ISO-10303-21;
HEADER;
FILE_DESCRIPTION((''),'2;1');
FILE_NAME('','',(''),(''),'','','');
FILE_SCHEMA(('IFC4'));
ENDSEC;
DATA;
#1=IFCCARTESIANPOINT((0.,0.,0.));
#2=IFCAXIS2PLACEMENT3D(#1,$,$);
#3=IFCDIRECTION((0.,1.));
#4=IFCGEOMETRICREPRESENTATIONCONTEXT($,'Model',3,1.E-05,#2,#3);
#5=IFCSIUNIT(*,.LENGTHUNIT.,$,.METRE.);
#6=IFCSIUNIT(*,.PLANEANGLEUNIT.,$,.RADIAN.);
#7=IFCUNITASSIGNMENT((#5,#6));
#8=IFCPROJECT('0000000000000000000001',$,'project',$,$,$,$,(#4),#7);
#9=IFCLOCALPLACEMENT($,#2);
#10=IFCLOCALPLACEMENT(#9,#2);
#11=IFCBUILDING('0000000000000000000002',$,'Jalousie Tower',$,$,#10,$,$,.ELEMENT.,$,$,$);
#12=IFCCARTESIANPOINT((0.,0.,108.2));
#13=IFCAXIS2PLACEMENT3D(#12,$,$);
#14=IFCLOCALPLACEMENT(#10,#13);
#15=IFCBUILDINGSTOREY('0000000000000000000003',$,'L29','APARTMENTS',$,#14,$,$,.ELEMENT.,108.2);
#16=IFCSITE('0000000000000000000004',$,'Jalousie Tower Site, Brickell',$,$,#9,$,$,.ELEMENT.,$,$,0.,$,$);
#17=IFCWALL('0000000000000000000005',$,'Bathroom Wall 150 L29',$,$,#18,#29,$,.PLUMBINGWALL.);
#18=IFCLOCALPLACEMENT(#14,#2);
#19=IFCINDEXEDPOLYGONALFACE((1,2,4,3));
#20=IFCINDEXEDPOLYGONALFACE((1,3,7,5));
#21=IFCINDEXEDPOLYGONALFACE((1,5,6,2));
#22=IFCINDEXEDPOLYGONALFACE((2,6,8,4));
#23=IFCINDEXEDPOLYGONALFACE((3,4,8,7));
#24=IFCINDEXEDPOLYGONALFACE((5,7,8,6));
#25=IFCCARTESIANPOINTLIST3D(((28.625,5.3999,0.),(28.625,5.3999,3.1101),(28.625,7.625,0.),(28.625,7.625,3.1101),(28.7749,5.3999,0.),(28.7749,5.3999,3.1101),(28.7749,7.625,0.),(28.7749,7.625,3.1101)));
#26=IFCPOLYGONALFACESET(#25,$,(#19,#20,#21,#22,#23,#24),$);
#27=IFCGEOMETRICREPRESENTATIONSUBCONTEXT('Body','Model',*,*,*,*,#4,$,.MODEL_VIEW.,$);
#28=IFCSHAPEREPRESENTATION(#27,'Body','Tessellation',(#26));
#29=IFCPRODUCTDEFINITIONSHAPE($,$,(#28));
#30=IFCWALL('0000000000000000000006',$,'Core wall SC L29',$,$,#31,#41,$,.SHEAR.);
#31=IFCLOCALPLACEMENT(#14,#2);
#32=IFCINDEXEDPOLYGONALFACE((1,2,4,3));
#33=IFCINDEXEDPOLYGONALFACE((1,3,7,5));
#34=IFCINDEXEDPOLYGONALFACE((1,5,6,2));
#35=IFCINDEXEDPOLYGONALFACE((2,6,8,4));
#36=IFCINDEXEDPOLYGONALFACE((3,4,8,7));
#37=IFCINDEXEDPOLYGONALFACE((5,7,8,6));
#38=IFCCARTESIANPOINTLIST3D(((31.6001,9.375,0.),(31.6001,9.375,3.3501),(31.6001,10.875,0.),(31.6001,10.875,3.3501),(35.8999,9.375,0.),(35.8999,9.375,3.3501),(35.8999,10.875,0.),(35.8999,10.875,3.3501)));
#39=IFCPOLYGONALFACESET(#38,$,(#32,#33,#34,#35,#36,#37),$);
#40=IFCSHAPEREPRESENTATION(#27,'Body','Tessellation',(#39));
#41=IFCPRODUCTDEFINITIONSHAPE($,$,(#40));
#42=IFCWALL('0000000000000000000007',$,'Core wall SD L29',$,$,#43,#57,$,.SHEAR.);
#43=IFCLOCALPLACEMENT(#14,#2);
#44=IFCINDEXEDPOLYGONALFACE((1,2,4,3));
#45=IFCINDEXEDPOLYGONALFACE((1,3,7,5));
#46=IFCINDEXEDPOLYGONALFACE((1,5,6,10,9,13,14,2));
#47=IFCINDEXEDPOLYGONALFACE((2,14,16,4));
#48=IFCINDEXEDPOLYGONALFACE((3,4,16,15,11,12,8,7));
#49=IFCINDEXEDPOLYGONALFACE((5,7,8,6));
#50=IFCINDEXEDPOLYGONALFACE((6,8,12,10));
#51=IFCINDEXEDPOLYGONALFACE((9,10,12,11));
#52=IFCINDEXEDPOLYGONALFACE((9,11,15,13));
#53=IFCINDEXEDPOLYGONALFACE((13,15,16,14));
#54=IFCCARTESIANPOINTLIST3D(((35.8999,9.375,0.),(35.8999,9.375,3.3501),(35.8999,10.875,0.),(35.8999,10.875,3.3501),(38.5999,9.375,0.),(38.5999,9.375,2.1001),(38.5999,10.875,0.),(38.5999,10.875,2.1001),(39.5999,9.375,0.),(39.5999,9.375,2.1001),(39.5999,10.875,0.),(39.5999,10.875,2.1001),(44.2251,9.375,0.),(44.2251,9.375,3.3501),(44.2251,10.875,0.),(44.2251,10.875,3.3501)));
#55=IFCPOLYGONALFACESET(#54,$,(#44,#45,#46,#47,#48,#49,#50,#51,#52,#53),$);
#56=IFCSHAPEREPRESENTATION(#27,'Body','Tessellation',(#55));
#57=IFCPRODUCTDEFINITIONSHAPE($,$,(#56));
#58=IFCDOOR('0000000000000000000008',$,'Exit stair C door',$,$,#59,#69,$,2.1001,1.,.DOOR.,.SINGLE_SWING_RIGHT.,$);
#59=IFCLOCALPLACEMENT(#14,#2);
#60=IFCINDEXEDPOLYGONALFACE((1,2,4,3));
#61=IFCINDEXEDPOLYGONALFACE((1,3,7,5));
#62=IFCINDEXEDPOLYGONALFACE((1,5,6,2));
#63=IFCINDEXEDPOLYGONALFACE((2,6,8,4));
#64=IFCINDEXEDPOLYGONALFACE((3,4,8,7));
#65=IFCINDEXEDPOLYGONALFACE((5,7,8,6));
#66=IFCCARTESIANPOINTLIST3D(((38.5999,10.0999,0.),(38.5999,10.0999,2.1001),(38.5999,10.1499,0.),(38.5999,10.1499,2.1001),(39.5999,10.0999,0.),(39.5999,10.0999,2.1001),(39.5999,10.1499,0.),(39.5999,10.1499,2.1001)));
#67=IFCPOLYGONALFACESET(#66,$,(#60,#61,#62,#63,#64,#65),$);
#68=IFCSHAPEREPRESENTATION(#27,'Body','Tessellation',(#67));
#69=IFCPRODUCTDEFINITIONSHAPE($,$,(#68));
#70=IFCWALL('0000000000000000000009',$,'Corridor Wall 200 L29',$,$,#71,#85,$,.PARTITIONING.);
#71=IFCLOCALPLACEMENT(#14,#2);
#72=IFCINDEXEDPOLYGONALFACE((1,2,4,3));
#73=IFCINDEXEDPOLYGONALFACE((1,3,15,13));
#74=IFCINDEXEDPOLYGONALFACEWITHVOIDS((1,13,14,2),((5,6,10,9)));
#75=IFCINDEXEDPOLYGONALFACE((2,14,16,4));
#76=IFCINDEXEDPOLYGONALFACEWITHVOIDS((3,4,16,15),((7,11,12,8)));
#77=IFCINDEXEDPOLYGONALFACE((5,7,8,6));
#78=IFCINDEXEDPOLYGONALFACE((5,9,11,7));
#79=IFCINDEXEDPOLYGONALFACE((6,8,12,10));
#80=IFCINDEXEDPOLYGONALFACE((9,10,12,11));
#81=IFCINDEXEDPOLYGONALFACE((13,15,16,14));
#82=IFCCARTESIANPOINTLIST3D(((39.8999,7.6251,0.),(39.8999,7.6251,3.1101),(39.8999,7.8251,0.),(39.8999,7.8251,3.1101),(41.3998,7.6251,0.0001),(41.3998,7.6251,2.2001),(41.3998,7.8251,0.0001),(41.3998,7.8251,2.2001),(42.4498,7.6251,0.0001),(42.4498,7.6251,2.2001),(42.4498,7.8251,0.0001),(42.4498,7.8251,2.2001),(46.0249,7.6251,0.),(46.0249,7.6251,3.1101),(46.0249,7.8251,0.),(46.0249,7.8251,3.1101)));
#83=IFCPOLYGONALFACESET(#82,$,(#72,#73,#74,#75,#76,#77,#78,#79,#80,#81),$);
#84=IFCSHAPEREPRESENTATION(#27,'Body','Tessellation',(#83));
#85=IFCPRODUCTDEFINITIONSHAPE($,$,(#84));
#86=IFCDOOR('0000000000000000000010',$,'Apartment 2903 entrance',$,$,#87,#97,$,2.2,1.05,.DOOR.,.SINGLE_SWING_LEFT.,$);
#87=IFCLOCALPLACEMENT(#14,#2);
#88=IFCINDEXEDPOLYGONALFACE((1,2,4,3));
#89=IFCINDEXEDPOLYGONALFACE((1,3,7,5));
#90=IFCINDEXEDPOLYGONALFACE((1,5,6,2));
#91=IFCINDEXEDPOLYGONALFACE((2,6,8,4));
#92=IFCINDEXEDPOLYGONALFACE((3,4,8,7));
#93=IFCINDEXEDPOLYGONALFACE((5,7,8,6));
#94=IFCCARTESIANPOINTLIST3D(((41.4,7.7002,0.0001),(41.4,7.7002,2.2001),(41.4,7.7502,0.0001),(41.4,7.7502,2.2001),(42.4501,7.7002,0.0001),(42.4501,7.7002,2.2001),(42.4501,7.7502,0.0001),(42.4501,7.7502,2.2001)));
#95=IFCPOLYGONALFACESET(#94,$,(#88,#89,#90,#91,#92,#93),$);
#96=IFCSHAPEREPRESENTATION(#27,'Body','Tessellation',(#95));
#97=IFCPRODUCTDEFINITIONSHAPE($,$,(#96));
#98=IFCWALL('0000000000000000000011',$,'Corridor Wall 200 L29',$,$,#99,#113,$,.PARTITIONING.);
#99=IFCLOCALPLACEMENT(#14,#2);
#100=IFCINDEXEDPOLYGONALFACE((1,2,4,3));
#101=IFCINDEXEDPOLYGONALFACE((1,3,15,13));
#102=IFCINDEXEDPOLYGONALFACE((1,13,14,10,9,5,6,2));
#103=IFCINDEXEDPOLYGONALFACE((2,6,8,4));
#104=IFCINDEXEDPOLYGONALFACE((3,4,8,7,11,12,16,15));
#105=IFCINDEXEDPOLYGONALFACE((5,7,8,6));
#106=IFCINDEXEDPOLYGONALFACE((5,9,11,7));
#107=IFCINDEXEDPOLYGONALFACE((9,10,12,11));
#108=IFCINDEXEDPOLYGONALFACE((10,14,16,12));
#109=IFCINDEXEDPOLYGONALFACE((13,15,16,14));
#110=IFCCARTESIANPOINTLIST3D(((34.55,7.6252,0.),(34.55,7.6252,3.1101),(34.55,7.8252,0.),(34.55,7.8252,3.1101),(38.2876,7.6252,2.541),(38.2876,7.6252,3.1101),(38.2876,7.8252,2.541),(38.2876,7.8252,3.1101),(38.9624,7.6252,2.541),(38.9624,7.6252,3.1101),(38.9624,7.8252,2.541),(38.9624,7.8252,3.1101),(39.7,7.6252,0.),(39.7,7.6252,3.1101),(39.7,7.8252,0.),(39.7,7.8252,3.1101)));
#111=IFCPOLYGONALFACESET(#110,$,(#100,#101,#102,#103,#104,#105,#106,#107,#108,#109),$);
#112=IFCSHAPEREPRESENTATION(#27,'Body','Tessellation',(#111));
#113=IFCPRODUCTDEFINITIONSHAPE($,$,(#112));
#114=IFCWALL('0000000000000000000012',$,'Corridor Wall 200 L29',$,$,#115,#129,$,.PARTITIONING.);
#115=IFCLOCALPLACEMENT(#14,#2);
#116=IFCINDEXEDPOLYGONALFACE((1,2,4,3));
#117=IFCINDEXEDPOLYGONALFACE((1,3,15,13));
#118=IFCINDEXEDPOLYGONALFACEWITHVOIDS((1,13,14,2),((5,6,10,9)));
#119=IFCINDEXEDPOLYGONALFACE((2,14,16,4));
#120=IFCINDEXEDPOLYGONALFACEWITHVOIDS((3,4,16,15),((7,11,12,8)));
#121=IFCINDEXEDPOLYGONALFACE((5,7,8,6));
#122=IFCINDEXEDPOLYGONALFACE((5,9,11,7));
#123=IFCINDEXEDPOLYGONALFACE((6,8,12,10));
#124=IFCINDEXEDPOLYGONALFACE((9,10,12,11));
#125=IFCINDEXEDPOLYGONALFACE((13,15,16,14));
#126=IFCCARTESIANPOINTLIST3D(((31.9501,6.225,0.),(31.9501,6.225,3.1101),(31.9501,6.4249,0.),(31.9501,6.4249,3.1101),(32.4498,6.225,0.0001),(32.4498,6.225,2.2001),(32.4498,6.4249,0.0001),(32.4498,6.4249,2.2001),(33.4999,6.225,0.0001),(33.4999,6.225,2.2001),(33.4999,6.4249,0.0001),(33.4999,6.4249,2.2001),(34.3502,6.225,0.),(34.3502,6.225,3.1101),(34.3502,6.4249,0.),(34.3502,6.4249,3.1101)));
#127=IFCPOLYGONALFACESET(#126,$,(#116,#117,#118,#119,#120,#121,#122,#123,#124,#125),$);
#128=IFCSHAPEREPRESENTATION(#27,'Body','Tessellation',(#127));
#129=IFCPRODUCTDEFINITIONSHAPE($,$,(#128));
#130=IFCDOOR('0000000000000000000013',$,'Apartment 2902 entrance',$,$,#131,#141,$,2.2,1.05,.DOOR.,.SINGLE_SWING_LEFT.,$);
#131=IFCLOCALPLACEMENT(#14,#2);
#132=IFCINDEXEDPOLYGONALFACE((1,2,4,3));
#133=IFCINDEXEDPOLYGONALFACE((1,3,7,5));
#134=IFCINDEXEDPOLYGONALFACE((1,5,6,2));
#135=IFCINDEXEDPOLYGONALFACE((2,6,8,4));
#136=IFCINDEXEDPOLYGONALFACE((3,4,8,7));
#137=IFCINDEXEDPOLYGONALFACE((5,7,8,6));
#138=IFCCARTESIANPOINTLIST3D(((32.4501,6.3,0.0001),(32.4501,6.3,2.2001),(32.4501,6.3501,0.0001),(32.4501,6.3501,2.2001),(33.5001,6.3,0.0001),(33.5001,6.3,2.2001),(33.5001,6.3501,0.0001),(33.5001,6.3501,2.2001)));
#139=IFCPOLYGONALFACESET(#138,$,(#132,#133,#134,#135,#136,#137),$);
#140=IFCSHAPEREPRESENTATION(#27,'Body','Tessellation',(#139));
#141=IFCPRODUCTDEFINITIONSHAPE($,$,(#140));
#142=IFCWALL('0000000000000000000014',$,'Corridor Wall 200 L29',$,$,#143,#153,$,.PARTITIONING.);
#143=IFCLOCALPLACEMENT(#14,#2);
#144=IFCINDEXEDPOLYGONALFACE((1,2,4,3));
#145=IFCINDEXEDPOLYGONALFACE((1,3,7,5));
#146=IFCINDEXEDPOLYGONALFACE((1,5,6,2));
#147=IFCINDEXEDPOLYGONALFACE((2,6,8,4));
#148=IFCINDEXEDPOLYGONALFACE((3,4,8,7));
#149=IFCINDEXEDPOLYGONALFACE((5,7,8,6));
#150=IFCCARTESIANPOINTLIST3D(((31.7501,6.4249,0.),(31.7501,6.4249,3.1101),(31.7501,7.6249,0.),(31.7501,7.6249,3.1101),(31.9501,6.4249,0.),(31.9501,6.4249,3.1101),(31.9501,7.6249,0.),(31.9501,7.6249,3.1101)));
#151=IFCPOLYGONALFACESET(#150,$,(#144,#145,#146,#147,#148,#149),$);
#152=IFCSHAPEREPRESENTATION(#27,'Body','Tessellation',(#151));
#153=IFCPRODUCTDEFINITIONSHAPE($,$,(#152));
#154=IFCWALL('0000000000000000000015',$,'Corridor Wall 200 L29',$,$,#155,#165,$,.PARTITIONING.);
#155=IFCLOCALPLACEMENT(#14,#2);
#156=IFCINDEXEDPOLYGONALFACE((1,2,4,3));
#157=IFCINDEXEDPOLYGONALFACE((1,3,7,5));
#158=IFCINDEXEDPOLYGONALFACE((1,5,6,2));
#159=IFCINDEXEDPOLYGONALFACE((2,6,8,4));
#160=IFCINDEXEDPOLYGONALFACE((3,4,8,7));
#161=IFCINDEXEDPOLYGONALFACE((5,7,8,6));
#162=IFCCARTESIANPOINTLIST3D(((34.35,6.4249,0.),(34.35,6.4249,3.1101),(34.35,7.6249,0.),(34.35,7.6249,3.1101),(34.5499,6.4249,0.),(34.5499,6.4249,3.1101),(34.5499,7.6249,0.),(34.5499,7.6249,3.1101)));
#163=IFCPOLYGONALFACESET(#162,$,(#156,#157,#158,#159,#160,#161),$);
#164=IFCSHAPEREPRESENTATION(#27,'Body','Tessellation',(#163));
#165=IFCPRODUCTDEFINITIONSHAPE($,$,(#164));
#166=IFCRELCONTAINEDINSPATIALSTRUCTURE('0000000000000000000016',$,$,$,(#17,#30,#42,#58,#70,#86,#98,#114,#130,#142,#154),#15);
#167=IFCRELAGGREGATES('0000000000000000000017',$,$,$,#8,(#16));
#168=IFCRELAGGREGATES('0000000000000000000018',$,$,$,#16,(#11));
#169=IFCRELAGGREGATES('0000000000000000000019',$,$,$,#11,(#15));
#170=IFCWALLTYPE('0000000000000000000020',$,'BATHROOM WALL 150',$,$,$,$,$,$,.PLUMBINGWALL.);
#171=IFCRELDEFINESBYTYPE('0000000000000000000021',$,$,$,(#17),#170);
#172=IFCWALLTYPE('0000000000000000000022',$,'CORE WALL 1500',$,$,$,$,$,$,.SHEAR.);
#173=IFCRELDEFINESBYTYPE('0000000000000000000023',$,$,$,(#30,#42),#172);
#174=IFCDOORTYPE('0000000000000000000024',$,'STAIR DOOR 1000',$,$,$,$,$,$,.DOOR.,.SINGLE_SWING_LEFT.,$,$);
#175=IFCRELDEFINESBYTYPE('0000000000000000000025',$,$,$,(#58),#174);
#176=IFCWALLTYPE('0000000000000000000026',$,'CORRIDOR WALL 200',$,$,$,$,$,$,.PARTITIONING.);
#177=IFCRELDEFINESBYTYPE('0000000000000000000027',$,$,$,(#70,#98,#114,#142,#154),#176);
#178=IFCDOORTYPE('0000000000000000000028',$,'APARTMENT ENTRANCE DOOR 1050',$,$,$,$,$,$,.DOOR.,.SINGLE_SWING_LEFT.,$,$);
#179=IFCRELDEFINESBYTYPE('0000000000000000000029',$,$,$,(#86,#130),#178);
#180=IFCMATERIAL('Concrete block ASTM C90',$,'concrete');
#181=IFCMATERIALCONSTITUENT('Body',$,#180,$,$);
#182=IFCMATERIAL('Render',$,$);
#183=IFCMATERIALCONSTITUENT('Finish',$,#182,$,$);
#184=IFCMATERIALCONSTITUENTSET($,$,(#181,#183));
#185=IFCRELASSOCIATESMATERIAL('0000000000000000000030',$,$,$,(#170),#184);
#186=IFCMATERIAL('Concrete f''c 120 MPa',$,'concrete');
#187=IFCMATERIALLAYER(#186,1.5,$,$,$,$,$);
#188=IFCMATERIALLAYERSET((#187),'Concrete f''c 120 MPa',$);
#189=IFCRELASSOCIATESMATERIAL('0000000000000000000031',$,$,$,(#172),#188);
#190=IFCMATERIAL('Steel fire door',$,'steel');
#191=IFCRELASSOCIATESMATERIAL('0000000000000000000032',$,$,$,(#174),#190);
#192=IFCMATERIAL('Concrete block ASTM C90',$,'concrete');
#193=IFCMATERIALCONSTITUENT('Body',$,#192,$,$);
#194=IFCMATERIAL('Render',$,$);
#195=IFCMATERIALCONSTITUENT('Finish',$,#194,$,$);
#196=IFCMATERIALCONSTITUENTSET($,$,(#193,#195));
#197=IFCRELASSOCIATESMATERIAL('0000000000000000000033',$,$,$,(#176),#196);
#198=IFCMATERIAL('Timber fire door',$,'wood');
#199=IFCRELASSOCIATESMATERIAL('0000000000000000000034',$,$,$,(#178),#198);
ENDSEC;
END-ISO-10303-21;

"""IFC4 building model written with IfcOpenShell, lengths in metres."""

from ifc_helpers import new_model, si_unit, direction, frame, frame_2d, origin, place, context, subcontext, project, spatial, polyline, rectangle, outline, extrude, material, layer, layer_set, constituent, constituent_set, type_object, element, fill, save


model = new_model("IFC4")

# Units and contexts
model_context = context("Model", 3, precision=1e-05, world=origin(), true_north=direction((0.0, 1.0)))
body_context = subcontext(model_context, "Body", "Model", "MODEL_VIEW")
ifc_project = project(units=[si_unit("LENGTHUNIT", "METRE"), si_unit("PLANEANGLEUNIT", "RADIAN")], contexts=[model_context])

# Site, building, storey
site_placement = place(None, origin())
site = spatial("IfcSite", under=ifc_project, at=site_placement, Name="Jalousie Tower Site, Brickell", CompositionType="ELEMENT", RefElevation=0.0)
building_placement = place(site_placement, origin())
building = spatial("IfcBuilding", under=site, at=building_placement, Name="Jalousie Tower", CompositionType="ELEMENT")
storey_placement = place(building_placement, frame((0.0, 0.0, 108.2)))
storey = spatial("IfcBuildingStorey", under=building, at=storey_placement, Name="L29", Description="APARTMENTS", CompositionType="ELEMENT", Elevation=108.2)

# Walls
ifc_material_1 = material(Name="Concrete block ASTM C90", Category="concrete")
ifc_constituent_1 = constituent(ifc_material_1, Name="Body")
ifc_material_2 = material(Name="Render")
ifc_constituent_2 = constituent(ifc_material_2, Name="Finish")
ifc_constituent_set_1 = constituent_set(constituents=[ifc_constituent_1, ifc_constituent_2])
wall_type_1 = type_object("IfcWallType", Name="BATHROOM WALL 150", PredefinedType="PLUMBINGWALL", material=ifc_constituent_set_1)
wall_1_placement = place(storey_placement, frame((28.7, 5.3999, 0.0), z_axis=(0.0, 0.0, 1.0), x_axis=(0.0, 1.0, 0.0)))
element("IfcWall", 1, at=wall_1_placement, inside=storey, type_object=wall_type_1, Name="Bathroom Wall 150 L29", PredefinedType="PLUMBINGWALL", context=body_context, shape_type="SweptSolid", body=[
    extrude(rectangle(XDim=2.2251, YDim=0.1499, at=frame_2d((1.1125, 0.0))), origin(), (0.0, 0.0, 1.0), 3.1101),
])
ifc_material_3 = material(Name="Concrete f'c 120 MPa", Category="concrete")
ifc_layer = layer(ifc_material_3, 1.5)
ifc_layer_set = layer_set([ifc_layer], Name="Concrete f'c 120 MPa")
wall_type_2 = type_object("IfcWallType", Name="CORE WALL 1500", PredefinedType="SHEAR", material=ifc_layer_set)
wall_2_placement = place(storey_placement, frame((31.6001, 10.125, 0.0), z_axis=(0.0, 0.0, 1.0), x_axis=(1.0, 0.0, 0.0)))
element("IfcWall", 2, at=wall_2_placement, inside=storey, type_object=wall_type_2, Name="Core wall SC L29", PredefinedType="SHEAR", context=body_context, shape_type="SweptSolid", body=[
    extrude(rectangle(XDim=4.2998, YDim=1.5, at=frame_2d((2.1499, 0.0))), origin(), (0.0, 0.0, 1.0), 3.3501),
])

# Walls, openings, doors
wall_3_placement = place(storey_placement, frame((35.8999, 10.125, 0.0), z_axis=(0.0, 0.0, 1.0), x_axis=(1.0, 0.0, 0.0)))
wall_3 = element("IfcWall", 3, at=wall_3_placement, inside=storey, type_object=wall_type_2, Name="Core wall SD L29", PredefinedType="SHEAR", context=body_context, shape_type="SweptSolid", body=[
    extrude(rectangle(XDim=8.3252, YDim=1.5, at=frame_2d((4.1626, 0.0))), origin(), (0.0, 0.0, 1.0), 3.3501),
])
opening_1_placement = place(wall_3_placement, frame((2.7, 0.0, 0.0)))
opening_1 = element("IfcOpeningElement", 4, at=opening_1_placement, cuts=wall_3, PredefinedType="OPENING", context=body_context, shape_type="SweptSolid", body=[
    extrude(rectangle(XDim=1.0, YDim=2.1001, at=frame_2d((0.5, 1.05))), frame((0.0, 0.76, 0.0), z_axis=(0.0, -1.0, 0.0), x_axis=(1.0, 0.0, 0.0)), (0.0, 0.0, 1.0), 1.52),
])
ifc_material_4 = material(Name="Steel fire door", Category="steel")
door_type_1 = type_object("IfcDoorType", Name="STAIR DOOR 1000", OperationType="SINGLE_SWING_LEFT", PredefinedType="DOOR", material=ifc_material_4)
door_1_placement = place(opening_1_placement, origin())
door_1 = element("IfcDoor", 5, at=door_1_placement, inside=storey, type_object=door_type_1, Name="Exit stair C door", OperationType="SINGLE_SWING_RIGHT", OverallHeight=2.1001, OverallWidth=1.0, PredefinedType="DOOR", context=body_context, shape_type="SweptSolid", body=[
    extrude(rectangle(XDim=1.0, YDim=2.1001, at=frame_2d((0.5, 1.05))), frame((0.0, 0.0249, 0.0), z_axis=(0.0, -1.0, 0.0), x_axis=(1.0, 0.0, 0.0)), (0.0, 0.0, 1.0), 0.05),
])
fill(opening_1, door_1)
ifc_material_5 = material(Name="Concrete block ASTM C90", Category="concrete")
ifc_constituent_3 = constituent(ifc_material_5, Name="Body")
ifc_material_6 = material(Name="Render")
ifc_constituent_4 = constituent(ifc_material_6, Name="Finish")
ifc_constituent_set_2 = constituent_set(constituents=[ifc_constituent_3, ifc_constituent_4])
wall_type_3 = type_object("IfcWallType", Name="CORRIDOR WALL 200", PredefinedType="PARTITIONING", material=ifc_constituent_set_2)
wall_4_placement = place(storey_placement, frame((39.8999, 7.7251, 0.0), z_axis=(0.0, 0.0, 1.0), x_axis=(1.0, 0.0, 0.0)))
wall_4 = element("IfcWall", 6, at=wall_4_placement, inside=storey, type_object=wall_type_3, Name="Corridor Wall 200 L29", PredefinedType="PARTITIONING", context=body_context, shape_type="SweptSolid", body=[
    extrude(rectangle(XDim=6.125, YDim=0.2, at=frame_2d((3.0625, 0.0))), origin(), (0.0, 0.0, 1.0), 3.1101),
])
opening_2_placement = place(wall_4_placement, frame((1.5, 0.0, 0.0)))
opening_2 = element("IfcOpeningElement", 7, at=opening_2_placement, cuts=wall_4, PredefinedType="OPENING", context=body_context, shape_type="SweptSolid", body=[
    extrude(rectangle(XDim=1.05, YDim=2.2, at=frame_2d((0.5249, 1.1001))), frame((0.0, 0.1099, 0.0), z_axis=(0.0, -1.0, 0.0), x_axis=(1.0, 0.0, 0.0)), (0.0, 0.0, 1.0), 0.22),
])
ifc_material_7 = material(Name="Timber fire door", Category="wood")
door_type_2 = type_object("IfcDoorType", Name="APARTMENT ENTRANCE DOOR 1050", OperationType="SINGLE_SWING_LEFT", PredefinedType="DOOR", material=ifc_material_7)
door_2_placement = place(opening_2_placement, frame((1.05, 0.0, 0.0), z_axis=(0.0, 0.0, 1.0), x_axis=(-1.0, 0.0, 0.0)))
door_2 = element("IfcDoor", 8, at=door_2_placement, inside=storey, type_object=door_type_2, Name="Apartment 2903 entrance", OperationType="SINGLE_SWING_LEFT", OverallHeight=2.2, OverallWidth=1.05, PredefinedType="DOOR", context=body_context, shape_type="SweptSolid", body=[
    extrude(rectangle(XDim=1.05, YDim=2.2, at=frame_2d((0.5249, 1.1001))), frame((0.0, 0.0249, 0.0), z_axis=(0.0, -1.0, 0.0), x_axis=(1.0, 0.0, 0.0)), (0.0, 0.0, 1.0), 0.05),
])
fill(opening_2, door_2)

# Wall
wall_5_placement = place(storey_placement, frame((34.55, 7.7251, 0.0), z_axis=(0.0, 0.0, 1.0), x_axis=(1.0, 0.0, 0.0)))
element("IfcWall", 9, at=wall_5_placement, inside=storey, type_object=wall_type_3, Name="Corridor Wall 200 L29", PredefinedType="PARTITIONING", context=body_context, shape_type="SweptSolid", body=[
    extrude(outline(polyline([(0.0, 0.0), (5.1499, 0.0), (5.1499, 3.1101), (4.4124, 3.1101), (4.4124, 2.541), (3.7375, 2.541), (3.7375, 3.1101), (0.0, 3.1101), (0.0, 0.0)])), frame((0.0, 0.1001, 0.0), z_axis=(0.0, -1.0, 0.0), x_axis=(1.0, 0.0, 0.0)), (0.0, 0.0, 1.0), 0.2),
])

# Wall, opening, door
wall_6_placement = place(storey_placement, frame((31.95, 6.325, 0.0), z_axis=(0.0, 0.0, 1.0), x_axis=(1.0, 0.0, 0.0)))
wall_6 = element("IfcWall", 10, at=wall_6_placement, inside=storey, type_object=wall_type_3, Name="Corridor Wall 200 L29", PredefinedType="PARTITIONING", context=body_context, shape_type="SweptSolid", body=[
    extrude(rectangle(XDim=2.4001, YDim=0.2, at=frame_2d((1.2002, 0.0))), origin(), (0.0, 0.0, 1.0), 3.1101),
])
opening_3_placement = place(wall_6_placement, frame((0.5, 0.0, 0.0)))
opening_3 = element("IfcOpeningElement", 11, at=opening_3_placement, cuts=wall_6, PredefinedType="OPENING", context=body_context, shape_type="SweptSolid", body=[
    extrude(rectangle(XDim=1.05, YDim=2.2, at=frame_2d((0.5249, 1.1001))), frame((0.0, 0.1099, 0.0), z_axis=(0.0, -1.0, 0.0), x_axis=(1.0, 0.0, 0.0)), (0.0, 0.0, 1.0), 0.22),
])
door_3_placement = place(opening_3_placement, frame((1.05, 0.0, 0.0), z_axis=(0.0, 0.0, 1.0), x_axis=(-1.0, 0.0, 0.0)))
door_3 = element("IfcDoor", 12, at=door_3_placement, inside=storey, type_object=door_type_2, Name="Apartment 2902 entrance", OperationType="SINGLE_SWING_LEFT", OverallHeight=2.2, OverallWidth=1.05, PredefinedType="DOOR", context=body_context, shape_type="SweptSolid", body=[
    extrude(rectangle(XDim=1.05, YDim=2.2, at=frame_2d((0.5249, 1.1001))), frame((0.0, 0.0249, 0.0), z_axis=(0.0, -1.0, 0.0), x_axis=(1.0, 0.0, 0.0)), (0.0, 0.0, 1.0), 0.05),
])
fill(opening_3, door_3)

# Walls
for number, where, z_axis, x_axis, name in (
    (13, (31.8501, 7.625, 0.0), (0.0, 0.0, 1.0), (0.0, -1.0, 0.0), "Corridor Wall 200 L29"),
    (14, (34.45, 7.625, 0.0), (0.0, 0.0, 1.0), (0.0, -1.0, 0.0), "Corridor Wall 200 L29"),
):
    element("IfcWall", number, at=place(storey_placement, frame(where, z_axis=z_axis, x_axis=x_axis)), inside=storey, type_object=wall_type_3, Name=name, PredefinedType="PARTITIONING", context=body_context, shape_type="SweptSolid", body=[
        extrude(rectangle(XDim=1.2, YDim=0.2, at=frame_2d((0.6001, 0.0))), origin(), (0.0, 0.0, 1.0), 3.1101),
    ])

save(model, "model.ifc")
